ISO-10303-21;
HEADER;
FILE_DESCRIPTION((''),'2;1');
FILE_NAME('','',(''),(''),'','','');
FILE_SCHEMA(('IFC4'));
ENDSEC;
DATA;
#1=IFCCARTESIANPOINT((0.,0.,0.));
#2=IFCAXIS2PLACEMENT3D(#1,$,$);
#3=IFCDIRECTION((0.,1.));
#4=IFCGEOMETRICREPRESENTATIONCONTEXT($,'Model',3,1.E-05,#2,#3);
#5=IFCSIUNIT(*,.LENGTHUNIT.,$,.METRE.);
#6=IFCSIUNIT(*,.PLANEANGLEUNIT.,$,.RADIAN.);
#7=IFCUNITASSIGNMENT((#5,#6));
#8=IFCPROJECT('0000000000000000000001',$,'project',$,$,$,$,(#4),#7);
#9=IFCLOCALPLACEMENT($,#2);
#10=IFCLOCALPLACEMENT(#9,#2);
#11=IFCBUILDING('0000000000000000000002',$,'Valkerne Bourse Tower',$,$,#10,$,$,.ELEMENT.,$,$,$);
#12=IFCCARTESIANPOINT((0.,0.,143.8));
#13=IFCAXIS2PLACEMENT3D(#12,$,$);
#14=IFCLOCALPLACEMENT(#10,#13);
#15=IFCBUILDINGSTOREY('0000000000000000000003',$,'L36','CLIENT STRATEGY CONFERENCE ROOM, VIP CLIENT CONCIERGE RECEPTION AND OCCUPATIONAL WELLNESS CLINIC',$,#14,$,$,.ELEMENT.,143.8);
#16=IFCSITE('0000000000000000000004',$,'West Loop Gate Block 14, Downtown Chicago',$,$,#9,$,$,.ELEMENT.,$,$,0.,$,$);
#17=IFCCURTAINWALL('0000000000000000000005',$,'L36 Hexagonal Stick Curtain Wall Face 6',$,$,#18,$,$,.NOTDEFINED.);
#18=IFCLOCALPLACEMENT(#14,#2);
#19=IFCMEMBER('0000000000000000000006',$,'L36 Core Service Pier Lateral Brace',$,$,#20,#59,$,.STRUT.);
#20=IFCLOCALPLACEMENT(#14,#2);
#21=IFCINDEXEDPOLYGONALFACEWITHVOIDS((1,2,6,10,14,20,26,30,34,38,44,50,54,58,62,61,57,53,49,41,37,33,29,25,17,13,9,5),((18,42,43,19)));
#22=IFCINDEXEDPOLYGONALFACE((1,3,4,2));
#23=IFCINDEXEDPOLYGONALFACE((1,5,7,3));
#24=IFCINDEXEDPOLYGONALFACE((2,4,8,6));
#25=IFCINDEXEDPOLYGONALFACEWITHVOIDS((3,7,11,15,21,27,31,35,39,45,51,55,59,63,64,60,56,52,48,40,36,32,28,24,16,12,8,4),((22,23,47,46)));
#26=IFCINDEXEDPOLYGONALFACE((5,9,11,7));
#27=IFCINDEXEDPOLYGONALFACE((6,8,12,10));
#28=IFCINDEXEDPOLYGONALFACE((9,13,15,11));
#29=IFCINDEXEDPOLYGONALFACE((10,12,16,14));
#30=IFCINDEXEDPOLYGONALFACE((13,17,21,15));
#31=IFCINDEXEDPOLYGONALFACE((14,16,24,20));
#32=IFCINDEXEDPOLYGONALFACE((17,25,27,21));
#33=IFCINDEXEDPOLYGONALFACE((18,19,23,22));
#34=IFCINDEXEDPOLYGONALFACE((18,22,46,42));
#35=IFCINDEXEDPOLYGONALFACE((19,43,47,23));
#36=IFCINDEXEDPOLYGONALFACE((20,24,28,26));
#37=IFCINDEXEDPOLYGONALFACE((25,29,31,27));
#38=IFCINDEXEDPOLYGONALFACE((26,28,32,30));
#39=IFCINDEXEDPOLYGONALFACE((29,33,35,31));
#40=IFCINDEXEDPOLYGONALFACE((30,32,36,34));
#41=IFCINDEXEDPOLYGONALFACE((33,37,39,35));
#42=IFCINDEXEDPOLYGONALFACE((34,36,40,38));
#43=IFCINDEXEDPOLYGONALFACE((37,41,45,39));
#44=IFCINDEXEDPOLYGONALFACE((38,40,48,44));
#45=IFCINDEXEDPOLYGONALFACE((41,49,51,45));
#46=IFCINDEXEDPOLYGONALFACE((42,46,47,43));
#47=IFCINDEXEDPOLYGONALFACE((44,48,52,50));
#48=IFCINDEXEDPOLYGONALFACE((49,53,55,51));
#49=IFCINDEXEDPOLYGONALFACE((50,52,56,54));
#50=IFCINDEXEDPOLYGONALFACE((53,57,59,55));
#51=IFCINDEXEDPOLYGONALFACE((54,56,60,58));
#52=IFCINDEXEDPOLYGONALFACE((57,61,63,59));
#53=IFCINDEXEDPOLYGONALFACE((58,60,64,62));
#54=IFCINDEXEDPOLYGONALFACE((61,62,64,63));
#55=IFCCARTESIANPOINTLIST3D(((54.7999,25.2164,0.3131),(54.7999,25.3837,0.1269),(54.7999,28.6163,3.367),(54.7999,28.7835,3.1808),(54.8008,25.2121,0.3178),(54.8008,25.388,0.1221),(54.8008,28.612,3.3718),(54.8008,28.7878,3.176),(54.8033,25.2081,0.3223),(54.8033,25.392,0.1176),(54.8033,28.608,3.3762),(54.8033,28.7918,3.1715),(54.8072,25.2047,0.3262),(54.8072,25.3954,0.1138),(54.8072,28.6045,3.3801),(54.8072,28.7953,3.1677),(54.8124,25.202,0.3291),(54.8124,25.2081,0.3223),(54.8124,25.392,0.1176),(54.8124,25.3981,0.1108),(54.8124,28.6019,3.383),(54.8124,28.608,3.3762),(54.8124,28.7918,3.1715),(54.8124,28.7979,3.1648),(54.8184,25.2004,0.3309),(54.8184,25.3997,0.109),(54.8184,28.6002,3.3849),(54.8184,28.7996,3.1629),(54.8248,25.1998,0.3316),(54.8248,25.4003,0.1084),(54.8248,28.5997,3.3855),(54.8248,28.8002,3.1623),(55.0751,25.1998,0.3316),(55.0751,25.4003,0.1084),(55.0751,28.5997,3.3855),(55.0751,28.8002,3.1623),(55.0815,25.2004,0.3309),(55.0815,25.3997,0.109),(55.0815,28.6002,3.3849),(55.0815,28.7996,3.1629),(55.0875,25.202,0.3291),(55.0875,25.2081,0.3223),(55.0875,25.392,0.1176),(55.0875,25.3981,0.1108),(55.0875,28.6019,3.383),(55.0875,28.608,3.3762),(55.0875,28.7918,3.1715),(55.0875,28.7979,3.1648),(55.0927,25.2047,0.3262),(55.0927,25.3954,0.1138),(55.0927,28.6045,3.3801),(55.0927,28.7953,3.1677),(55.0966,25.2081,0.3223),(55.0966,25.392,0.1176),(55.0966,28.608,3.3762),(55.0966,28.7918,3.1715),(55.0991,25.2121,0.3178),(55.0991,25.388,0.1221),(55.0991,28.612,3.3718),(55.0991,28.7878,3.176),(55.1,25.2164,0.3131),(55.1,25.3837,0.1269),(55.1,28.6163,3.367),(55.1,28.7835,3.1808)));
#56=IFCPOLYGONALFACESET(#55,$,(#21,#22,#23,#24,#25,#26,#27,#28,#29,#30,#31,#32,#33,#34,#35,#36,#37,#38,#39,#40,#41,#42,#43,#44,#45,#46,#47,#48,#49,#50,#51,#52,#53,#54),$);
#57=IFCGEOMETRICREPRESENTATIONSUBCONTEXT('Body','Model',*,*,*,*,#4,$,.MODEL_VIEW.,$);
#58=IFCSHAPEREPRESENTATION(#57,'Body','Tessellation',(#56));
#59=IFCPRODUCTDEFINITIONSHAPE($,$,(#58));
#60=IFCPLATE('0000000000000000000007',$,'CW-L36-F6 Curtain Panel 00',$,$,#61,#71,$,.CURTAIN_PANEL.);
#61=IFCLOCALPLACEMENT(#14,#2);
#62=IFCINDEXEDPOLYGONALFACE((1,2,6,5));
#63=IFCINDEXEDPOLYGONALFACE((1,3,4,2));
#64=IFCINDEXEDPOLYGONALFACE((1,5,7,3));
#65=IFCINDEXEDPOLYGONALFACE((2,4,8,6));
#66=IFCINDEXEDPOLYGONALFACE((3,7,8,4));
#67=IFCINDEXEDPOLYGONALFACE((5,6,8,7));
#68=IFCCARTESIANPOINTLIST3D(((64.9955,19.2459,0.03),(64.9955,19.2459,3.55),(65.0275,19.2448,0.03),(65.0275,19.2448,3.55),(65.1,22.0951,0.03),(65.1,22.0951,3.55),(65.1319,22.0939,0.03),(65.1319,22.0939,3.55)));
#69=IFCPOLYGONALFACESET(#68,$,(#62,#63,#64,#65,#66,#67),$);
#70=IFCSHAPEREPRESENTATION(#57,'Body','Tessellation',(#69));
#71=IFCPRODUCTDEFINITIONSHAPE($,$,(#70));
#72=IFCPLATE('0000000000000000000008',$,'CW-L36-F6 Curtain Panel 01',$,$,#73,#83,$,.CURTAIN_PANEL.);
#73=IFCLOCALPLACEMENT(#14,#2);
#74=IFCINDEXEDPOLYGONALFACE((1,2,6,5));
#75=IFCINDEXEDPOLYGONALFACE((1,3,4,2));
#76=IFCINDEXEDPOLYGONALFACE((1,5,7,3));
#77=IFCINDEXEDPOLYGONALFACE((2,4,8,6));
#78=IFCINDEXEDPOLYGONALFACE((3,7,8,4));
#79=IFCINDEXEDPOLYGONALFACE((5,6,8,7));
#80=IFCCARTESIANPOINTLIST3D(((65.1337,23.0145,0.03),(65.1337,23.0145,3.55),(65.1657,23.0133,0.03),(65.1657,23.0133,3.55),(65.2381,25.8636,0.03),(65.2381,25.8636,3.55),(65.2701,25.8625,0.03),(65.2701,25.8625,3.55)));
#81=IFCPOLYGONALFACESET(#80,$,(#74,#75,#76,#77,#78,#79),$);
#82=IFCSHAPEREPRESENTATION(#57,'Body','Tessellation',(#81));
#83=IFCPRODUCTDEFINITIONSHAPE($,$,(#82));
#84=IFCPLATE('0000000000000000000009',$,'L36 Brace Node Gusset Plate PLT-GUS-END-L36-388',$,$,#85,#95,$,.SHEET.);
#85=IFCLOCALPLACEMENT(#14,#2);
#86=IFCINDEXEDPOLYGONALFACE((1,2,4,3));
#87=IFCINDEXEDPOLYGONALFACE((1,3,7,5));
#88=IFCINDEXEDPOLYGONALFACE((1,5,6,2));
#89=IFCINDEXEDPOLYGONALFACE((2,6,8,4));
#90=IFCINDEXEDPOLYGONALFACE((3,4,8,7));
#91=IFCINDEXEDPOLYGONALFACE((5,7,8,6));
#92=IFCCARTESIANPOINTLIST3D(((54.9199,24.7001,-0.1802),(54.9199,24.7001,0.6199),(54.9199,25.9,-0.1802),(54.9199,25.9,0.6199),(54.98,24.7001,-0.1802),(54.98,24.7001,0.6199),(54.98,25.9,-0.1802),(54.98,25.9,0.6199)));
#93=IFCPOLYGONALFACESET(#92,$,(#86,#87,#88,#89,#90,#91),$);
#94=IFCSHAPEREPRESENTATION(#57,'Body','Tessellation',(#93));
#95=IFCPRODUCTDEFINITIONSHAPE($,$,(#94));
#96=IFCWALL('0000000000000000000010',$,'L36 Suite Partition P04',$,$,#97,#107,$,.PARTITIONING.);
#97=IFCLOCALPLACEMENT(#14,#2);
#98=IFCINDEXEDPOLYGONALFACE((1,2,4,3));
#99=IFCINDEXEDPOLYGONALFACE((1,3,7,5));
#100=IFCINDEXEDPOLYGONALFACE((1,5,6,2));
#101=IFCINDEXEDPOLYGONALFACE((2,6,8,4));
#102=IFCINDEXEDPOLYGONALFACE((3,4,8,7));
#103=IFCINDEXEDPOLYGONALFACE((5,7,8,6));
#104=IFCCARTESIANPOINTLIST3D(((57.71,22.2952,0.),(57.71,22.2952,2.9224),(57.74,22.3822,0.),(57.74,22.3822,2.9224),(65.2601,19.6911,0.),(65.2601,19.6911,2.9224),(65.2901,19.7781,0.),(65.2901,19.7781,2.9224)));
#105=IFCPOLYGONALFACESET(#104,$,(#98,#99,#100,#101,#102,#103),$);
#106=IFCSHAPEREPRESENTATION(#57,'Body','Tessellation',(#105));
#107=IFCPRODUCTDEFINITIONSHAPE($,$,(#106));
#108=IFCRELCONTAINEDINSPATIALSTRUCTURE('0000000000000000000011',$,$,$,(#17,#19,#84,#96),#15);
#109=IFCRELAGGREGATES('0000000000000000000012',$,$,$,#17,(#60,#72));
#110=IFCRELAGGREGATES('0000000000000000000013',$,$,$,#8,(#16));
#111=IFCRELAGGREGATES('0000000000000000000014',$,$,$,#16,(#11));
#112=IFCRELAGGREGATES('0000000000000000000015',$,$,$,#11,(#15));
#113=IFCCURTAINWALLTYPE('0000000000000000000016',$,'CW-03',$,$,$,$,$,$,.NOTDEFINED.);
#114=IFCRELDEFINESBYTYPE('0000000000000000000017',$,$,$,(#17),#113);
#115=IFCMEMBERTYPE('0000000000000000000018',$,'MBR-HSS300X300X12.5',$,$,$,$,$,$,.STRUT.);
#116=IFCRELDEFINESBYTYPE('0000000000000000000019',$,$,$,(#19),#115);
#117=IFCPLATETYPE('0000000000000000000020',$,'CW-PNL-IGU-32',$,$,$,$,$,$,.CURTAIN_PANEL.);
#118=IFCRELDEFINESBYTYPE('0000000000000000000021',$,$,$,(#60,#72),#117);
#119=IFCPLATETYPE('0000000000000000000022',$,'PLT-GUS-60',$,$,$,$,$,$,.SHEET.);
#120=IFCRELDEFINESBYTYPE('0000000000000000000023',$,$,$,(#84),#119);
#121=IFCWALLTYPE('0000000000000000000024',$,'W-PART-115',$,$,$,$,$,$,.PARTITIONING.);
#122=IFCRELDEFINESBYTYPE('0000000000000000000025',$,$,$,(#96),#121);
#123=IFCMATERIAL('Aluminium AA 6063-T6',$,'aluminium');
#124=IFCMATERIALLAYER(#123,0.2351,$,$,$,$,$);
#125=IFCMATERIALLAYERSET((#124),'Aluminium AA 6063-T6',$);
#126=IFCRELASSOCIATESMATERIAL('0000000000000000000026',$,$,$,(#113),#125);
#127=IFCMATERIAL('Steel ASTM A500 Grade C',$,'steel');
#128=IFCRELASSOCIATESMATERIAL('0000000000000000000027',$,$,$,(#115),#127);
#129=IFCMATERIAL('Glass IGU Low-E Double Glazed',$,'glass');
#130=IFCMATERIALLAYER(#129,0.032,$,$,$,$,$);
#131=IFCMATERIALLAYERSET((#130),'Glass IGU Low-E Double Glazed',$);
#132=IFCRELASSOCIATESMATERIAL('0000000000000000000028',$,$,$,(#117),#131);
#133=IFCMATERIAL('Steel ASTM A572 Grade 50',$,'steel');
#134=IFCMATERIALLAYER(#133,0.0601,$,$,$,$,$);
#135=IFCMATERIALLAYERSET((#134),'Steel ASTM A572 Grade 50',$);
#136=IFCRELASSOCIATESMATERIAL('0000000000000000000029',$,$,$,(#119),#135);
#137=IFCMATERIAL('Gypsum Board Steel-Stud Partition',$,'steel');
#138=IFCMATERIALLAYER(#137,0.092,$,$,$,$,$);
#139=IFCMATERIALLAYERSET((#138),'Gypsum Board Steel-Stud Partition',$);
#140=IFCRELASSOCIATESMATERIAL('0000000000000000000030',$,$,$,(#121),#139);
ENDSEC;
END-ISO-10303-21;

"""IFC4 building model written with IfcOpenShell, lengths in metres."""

from ifc_helpers import new_model, si_unit, direction, frame, frame_2d, origin, origin_2d, place, context, subcontext, project, spatial, rectangle, hollow_rectangle, extrude, material, layer, layer_set, material_profile, profile_set, type_object, element, aggregate, save


model = new_model("IFC4")

# Units and contexts
model_context = context("Model", 3, precision=1e-05, world=origin(), true_north=direction((0.0, 1.0)))
body_context = subcontext(model_context, "Body", "Model", "MODEL_VIEW")
ifc_project = project(units=[si_unit("LENGTHUNIT", "METRE"), si_unit("PLANEANGLEUNIT", "RADIAN")], contexts=[model_context])

# Site, building, storey
site_placement = place(None, origin())
site = spatial("IfcSite", under=ifc_project, at=site_placement, Name="West Loop Gate Block 14, Downtown Chicago", CompositionType="ELEMENT", RefElevation=0.0)
building_placement = place(site_placement, origin())
building = spatial("IfcBuilding", under=site, at=building_placement, Name="Valkerne Bourse Tower", CompositionType="ELEMENT")
storey_placement = place(building_placement, frame((0.0, 0.0, 143.8)))
storey = spatial("IfcBuildingStorey", under=building, at=storey_placement, Name="L36", Description="CLIENT STRATEGY CONFERENCE ROOM, VIP CLIENT CONCIERGE RECEPTION AND OCCUPATIONAL WELLNESS CLINIC", CompositionType="ELEMENT", Elevation=143.8)

# Curtain wall
ifc_material_1 = material(Name="Aluminium AA 6063-T6", Category="aluminium")
ifc_layer_1 = layer(ifc_material_1, 0.2351)
ifc_layer_set_1 = layer_set([ifc_layer_1], Name="Aluminium AA 6063-T6")
curtain_wall_type = type_object("IfcCurtainWallType", Name="CW-03", PredefinedType="NOTDEFINED", material=ifc_layer_set_1)
curtain_wall_placement = place(storey_placement, origin())
curtain_wall = element("IfcCurtainWall", 1, at=curtain_wall_placement, inside=storey, type_object=curtain_wall_type, Name="L36 Hexagonal Stick Curtain Wall Face 6", PredefinedType="NOTDEFINED")

# Member
ifc_material_2 = material(Name="Steel ASTM A500 Grade C", Category="steel")
ifc_material_profile_1 = material_profile(ifc_material_2, hollow_rectangle(XDim=0.3, YDim=0.3, WallThickness=0.0125, OuterFilletRadius=0.0249, at=origin_2d()), Name="HSS300X300X12.5")
ifc_profile_set_1 = profile_set([ifc_material_profile_1], Name="Steel ASTM A500 Grade C")
member_type_1 = type_object("IfcMemberType", Name="MBR-HSS300X300X12.5", PredefinedType="STRUT", material=ifc_profile_set_1)
member_1_placement = place(storey_placement, frame((54.95, 25.3, 0.22), z_axis=(0.0, 0.743942, 0.668244), x_axis=(-1.0, 0.0, 0.0)))
element("IfcMember", 2, at=member_1_placement, inside=storey, type_object=member_type_1, Name="L36 Core Service Pier Lateral Brace", PredefinedType="STRUT", context=body_context, shape_type="SweptSolid", body=[
    extrude(hollow_rectangle(XDim=0.3, YDim=0.3, WallThickness=0.0125, OuterFilletRadius=0.0249, at=origin_2d()), origin(), (0.0, 0.0, 1.0), 4.5701),
])

# Plates
ifc_material_3 = material(Name="Glass IGU Low-E Double Glazed", Category="glass")
ifc_layer_2 = layer(ifc_material_3, 0.032)
ifc_layer_set_2 = layer_set([ifc_layer_2], Name="Glass IGU Low-E Double Glazed")
plate_type_1 = type_object("IfcPlateType", Name="CW-PNL-IGU-32", PredefinedType="CURTAIN_PANEL", material=ifc_layer_set_2)
plate_1_placement = place(storey_placement, frame((65.0637, 20.6699, 0.03), z_axis=(0.0, 0.0, 1.0), x_axis=(0.036648, 0.999328, 0.0)))
plate_1 = element("IfcPlate", 3, at=plate_1_placement, type_object=plate_type_1, Name="CW-L36-F6 Curtain Panel 00", PredefinedType="CURTAIN_PANEL", context=body_context, shape_type="SweptSolid", body=[
    extrude(rectangle(XDim=2.8511, YDim=0.032, at=origin_2d()), origin(), (0.0, 0.0, 1.0), 3.52),
])
plate_2_placement = place(storey_placement, frame((65.2019, 24.4385, 0.03), z_axis=(0.0, 0.0, 1.0), x_axis=(0.036621, 0.999329, 0.0)))
plate_2 = element("IfcPlate", 4, at=plate_2_placement, type_object=plate_type_1, Name="CW-L36-F6 Curtain Panel 01", PredefinedType="CURTAIN_PANEL", context=body_context, shape_type="SweptSolid", body=[
    extrude(rectangle(XDim=2.8511, YDim=0.032, at=origin_2d()), origin(), (0.0, 0.0, 1.0), 3.52),
])
aggregate(curtain_wall, [plate_1, plate_2])
ifc_material_4 = material(Name="Steel ASTM A572 Grade 50", Category="steel")
ifc_layer_3 = layer(ifc_material_4, 0.0601)
ifc_layer_set_3 = layer_set([ifc_layer_3], Name="Steel ASTM A572 Grade 50")
plate_type_2 = type_object("IfcPlateType", Name="PLT-GUS-60", PredefinedType="SHEET", material=ifc_layer_set_3)
plate_3_placement = place(storey_placement, frame((54.95, 25.3, -0.1802), z_axis=(0.0, 0.0, 1.0), x_axis=(0.0, 1.0, 0.0)))
element("IfcPlate", 5, at=plate_3_placement, inside=storey, type_object=plate_type_2, Name="L36 Brace Node Gusset Plate PLT-GUS-END-L36-388", PredefinedType="SHEET", context=body_context, shape_type="SweptSolid", body=[
    extrude(rectangle(XDim=1.2, YDim=0.0601, at=origin_2d()), origin(), (0.0, 0.0, 1.0), 0.8),
])

# Wall
ifc_material_5 = material(Name="Gypsum Board Steel-Stud Partition", Category="steel")
ifc_layer_4 = layer(ifc_material_5, 0.092)
ifc_layer_set_4 = layer_set([ifc_layer_4], Name="Gypsum Board Steel-Stud Partition")
wall_type = type_object("IfcWallType", Name="W-PART-115", PredefinedType="PARTITIONING", material=ifc_layer_set_4)
wall_placement = place(storey_placement, frame((57.7251, 22.3386, 0.0), z_axis=(0.0, 0.0, 1.0), x_axis=(0.945352, -0.326051, 0.0)))
element("IfcWall", 6, at=wall_placement, inside=storey, type_object=wall_type, Name="L36 Suite Partition P04", PredefinedType="PARTITIONING", context=body_context, shape_type="SweptSolid", body=[
    extrude(rectangle(XDim=7.9866, YDim=0.092, at=frame_2d((3.9932, 0.0))), origin(), (0.0, 0.0, 1.0), 2.9224),
])

save(model, "model.ifc")
